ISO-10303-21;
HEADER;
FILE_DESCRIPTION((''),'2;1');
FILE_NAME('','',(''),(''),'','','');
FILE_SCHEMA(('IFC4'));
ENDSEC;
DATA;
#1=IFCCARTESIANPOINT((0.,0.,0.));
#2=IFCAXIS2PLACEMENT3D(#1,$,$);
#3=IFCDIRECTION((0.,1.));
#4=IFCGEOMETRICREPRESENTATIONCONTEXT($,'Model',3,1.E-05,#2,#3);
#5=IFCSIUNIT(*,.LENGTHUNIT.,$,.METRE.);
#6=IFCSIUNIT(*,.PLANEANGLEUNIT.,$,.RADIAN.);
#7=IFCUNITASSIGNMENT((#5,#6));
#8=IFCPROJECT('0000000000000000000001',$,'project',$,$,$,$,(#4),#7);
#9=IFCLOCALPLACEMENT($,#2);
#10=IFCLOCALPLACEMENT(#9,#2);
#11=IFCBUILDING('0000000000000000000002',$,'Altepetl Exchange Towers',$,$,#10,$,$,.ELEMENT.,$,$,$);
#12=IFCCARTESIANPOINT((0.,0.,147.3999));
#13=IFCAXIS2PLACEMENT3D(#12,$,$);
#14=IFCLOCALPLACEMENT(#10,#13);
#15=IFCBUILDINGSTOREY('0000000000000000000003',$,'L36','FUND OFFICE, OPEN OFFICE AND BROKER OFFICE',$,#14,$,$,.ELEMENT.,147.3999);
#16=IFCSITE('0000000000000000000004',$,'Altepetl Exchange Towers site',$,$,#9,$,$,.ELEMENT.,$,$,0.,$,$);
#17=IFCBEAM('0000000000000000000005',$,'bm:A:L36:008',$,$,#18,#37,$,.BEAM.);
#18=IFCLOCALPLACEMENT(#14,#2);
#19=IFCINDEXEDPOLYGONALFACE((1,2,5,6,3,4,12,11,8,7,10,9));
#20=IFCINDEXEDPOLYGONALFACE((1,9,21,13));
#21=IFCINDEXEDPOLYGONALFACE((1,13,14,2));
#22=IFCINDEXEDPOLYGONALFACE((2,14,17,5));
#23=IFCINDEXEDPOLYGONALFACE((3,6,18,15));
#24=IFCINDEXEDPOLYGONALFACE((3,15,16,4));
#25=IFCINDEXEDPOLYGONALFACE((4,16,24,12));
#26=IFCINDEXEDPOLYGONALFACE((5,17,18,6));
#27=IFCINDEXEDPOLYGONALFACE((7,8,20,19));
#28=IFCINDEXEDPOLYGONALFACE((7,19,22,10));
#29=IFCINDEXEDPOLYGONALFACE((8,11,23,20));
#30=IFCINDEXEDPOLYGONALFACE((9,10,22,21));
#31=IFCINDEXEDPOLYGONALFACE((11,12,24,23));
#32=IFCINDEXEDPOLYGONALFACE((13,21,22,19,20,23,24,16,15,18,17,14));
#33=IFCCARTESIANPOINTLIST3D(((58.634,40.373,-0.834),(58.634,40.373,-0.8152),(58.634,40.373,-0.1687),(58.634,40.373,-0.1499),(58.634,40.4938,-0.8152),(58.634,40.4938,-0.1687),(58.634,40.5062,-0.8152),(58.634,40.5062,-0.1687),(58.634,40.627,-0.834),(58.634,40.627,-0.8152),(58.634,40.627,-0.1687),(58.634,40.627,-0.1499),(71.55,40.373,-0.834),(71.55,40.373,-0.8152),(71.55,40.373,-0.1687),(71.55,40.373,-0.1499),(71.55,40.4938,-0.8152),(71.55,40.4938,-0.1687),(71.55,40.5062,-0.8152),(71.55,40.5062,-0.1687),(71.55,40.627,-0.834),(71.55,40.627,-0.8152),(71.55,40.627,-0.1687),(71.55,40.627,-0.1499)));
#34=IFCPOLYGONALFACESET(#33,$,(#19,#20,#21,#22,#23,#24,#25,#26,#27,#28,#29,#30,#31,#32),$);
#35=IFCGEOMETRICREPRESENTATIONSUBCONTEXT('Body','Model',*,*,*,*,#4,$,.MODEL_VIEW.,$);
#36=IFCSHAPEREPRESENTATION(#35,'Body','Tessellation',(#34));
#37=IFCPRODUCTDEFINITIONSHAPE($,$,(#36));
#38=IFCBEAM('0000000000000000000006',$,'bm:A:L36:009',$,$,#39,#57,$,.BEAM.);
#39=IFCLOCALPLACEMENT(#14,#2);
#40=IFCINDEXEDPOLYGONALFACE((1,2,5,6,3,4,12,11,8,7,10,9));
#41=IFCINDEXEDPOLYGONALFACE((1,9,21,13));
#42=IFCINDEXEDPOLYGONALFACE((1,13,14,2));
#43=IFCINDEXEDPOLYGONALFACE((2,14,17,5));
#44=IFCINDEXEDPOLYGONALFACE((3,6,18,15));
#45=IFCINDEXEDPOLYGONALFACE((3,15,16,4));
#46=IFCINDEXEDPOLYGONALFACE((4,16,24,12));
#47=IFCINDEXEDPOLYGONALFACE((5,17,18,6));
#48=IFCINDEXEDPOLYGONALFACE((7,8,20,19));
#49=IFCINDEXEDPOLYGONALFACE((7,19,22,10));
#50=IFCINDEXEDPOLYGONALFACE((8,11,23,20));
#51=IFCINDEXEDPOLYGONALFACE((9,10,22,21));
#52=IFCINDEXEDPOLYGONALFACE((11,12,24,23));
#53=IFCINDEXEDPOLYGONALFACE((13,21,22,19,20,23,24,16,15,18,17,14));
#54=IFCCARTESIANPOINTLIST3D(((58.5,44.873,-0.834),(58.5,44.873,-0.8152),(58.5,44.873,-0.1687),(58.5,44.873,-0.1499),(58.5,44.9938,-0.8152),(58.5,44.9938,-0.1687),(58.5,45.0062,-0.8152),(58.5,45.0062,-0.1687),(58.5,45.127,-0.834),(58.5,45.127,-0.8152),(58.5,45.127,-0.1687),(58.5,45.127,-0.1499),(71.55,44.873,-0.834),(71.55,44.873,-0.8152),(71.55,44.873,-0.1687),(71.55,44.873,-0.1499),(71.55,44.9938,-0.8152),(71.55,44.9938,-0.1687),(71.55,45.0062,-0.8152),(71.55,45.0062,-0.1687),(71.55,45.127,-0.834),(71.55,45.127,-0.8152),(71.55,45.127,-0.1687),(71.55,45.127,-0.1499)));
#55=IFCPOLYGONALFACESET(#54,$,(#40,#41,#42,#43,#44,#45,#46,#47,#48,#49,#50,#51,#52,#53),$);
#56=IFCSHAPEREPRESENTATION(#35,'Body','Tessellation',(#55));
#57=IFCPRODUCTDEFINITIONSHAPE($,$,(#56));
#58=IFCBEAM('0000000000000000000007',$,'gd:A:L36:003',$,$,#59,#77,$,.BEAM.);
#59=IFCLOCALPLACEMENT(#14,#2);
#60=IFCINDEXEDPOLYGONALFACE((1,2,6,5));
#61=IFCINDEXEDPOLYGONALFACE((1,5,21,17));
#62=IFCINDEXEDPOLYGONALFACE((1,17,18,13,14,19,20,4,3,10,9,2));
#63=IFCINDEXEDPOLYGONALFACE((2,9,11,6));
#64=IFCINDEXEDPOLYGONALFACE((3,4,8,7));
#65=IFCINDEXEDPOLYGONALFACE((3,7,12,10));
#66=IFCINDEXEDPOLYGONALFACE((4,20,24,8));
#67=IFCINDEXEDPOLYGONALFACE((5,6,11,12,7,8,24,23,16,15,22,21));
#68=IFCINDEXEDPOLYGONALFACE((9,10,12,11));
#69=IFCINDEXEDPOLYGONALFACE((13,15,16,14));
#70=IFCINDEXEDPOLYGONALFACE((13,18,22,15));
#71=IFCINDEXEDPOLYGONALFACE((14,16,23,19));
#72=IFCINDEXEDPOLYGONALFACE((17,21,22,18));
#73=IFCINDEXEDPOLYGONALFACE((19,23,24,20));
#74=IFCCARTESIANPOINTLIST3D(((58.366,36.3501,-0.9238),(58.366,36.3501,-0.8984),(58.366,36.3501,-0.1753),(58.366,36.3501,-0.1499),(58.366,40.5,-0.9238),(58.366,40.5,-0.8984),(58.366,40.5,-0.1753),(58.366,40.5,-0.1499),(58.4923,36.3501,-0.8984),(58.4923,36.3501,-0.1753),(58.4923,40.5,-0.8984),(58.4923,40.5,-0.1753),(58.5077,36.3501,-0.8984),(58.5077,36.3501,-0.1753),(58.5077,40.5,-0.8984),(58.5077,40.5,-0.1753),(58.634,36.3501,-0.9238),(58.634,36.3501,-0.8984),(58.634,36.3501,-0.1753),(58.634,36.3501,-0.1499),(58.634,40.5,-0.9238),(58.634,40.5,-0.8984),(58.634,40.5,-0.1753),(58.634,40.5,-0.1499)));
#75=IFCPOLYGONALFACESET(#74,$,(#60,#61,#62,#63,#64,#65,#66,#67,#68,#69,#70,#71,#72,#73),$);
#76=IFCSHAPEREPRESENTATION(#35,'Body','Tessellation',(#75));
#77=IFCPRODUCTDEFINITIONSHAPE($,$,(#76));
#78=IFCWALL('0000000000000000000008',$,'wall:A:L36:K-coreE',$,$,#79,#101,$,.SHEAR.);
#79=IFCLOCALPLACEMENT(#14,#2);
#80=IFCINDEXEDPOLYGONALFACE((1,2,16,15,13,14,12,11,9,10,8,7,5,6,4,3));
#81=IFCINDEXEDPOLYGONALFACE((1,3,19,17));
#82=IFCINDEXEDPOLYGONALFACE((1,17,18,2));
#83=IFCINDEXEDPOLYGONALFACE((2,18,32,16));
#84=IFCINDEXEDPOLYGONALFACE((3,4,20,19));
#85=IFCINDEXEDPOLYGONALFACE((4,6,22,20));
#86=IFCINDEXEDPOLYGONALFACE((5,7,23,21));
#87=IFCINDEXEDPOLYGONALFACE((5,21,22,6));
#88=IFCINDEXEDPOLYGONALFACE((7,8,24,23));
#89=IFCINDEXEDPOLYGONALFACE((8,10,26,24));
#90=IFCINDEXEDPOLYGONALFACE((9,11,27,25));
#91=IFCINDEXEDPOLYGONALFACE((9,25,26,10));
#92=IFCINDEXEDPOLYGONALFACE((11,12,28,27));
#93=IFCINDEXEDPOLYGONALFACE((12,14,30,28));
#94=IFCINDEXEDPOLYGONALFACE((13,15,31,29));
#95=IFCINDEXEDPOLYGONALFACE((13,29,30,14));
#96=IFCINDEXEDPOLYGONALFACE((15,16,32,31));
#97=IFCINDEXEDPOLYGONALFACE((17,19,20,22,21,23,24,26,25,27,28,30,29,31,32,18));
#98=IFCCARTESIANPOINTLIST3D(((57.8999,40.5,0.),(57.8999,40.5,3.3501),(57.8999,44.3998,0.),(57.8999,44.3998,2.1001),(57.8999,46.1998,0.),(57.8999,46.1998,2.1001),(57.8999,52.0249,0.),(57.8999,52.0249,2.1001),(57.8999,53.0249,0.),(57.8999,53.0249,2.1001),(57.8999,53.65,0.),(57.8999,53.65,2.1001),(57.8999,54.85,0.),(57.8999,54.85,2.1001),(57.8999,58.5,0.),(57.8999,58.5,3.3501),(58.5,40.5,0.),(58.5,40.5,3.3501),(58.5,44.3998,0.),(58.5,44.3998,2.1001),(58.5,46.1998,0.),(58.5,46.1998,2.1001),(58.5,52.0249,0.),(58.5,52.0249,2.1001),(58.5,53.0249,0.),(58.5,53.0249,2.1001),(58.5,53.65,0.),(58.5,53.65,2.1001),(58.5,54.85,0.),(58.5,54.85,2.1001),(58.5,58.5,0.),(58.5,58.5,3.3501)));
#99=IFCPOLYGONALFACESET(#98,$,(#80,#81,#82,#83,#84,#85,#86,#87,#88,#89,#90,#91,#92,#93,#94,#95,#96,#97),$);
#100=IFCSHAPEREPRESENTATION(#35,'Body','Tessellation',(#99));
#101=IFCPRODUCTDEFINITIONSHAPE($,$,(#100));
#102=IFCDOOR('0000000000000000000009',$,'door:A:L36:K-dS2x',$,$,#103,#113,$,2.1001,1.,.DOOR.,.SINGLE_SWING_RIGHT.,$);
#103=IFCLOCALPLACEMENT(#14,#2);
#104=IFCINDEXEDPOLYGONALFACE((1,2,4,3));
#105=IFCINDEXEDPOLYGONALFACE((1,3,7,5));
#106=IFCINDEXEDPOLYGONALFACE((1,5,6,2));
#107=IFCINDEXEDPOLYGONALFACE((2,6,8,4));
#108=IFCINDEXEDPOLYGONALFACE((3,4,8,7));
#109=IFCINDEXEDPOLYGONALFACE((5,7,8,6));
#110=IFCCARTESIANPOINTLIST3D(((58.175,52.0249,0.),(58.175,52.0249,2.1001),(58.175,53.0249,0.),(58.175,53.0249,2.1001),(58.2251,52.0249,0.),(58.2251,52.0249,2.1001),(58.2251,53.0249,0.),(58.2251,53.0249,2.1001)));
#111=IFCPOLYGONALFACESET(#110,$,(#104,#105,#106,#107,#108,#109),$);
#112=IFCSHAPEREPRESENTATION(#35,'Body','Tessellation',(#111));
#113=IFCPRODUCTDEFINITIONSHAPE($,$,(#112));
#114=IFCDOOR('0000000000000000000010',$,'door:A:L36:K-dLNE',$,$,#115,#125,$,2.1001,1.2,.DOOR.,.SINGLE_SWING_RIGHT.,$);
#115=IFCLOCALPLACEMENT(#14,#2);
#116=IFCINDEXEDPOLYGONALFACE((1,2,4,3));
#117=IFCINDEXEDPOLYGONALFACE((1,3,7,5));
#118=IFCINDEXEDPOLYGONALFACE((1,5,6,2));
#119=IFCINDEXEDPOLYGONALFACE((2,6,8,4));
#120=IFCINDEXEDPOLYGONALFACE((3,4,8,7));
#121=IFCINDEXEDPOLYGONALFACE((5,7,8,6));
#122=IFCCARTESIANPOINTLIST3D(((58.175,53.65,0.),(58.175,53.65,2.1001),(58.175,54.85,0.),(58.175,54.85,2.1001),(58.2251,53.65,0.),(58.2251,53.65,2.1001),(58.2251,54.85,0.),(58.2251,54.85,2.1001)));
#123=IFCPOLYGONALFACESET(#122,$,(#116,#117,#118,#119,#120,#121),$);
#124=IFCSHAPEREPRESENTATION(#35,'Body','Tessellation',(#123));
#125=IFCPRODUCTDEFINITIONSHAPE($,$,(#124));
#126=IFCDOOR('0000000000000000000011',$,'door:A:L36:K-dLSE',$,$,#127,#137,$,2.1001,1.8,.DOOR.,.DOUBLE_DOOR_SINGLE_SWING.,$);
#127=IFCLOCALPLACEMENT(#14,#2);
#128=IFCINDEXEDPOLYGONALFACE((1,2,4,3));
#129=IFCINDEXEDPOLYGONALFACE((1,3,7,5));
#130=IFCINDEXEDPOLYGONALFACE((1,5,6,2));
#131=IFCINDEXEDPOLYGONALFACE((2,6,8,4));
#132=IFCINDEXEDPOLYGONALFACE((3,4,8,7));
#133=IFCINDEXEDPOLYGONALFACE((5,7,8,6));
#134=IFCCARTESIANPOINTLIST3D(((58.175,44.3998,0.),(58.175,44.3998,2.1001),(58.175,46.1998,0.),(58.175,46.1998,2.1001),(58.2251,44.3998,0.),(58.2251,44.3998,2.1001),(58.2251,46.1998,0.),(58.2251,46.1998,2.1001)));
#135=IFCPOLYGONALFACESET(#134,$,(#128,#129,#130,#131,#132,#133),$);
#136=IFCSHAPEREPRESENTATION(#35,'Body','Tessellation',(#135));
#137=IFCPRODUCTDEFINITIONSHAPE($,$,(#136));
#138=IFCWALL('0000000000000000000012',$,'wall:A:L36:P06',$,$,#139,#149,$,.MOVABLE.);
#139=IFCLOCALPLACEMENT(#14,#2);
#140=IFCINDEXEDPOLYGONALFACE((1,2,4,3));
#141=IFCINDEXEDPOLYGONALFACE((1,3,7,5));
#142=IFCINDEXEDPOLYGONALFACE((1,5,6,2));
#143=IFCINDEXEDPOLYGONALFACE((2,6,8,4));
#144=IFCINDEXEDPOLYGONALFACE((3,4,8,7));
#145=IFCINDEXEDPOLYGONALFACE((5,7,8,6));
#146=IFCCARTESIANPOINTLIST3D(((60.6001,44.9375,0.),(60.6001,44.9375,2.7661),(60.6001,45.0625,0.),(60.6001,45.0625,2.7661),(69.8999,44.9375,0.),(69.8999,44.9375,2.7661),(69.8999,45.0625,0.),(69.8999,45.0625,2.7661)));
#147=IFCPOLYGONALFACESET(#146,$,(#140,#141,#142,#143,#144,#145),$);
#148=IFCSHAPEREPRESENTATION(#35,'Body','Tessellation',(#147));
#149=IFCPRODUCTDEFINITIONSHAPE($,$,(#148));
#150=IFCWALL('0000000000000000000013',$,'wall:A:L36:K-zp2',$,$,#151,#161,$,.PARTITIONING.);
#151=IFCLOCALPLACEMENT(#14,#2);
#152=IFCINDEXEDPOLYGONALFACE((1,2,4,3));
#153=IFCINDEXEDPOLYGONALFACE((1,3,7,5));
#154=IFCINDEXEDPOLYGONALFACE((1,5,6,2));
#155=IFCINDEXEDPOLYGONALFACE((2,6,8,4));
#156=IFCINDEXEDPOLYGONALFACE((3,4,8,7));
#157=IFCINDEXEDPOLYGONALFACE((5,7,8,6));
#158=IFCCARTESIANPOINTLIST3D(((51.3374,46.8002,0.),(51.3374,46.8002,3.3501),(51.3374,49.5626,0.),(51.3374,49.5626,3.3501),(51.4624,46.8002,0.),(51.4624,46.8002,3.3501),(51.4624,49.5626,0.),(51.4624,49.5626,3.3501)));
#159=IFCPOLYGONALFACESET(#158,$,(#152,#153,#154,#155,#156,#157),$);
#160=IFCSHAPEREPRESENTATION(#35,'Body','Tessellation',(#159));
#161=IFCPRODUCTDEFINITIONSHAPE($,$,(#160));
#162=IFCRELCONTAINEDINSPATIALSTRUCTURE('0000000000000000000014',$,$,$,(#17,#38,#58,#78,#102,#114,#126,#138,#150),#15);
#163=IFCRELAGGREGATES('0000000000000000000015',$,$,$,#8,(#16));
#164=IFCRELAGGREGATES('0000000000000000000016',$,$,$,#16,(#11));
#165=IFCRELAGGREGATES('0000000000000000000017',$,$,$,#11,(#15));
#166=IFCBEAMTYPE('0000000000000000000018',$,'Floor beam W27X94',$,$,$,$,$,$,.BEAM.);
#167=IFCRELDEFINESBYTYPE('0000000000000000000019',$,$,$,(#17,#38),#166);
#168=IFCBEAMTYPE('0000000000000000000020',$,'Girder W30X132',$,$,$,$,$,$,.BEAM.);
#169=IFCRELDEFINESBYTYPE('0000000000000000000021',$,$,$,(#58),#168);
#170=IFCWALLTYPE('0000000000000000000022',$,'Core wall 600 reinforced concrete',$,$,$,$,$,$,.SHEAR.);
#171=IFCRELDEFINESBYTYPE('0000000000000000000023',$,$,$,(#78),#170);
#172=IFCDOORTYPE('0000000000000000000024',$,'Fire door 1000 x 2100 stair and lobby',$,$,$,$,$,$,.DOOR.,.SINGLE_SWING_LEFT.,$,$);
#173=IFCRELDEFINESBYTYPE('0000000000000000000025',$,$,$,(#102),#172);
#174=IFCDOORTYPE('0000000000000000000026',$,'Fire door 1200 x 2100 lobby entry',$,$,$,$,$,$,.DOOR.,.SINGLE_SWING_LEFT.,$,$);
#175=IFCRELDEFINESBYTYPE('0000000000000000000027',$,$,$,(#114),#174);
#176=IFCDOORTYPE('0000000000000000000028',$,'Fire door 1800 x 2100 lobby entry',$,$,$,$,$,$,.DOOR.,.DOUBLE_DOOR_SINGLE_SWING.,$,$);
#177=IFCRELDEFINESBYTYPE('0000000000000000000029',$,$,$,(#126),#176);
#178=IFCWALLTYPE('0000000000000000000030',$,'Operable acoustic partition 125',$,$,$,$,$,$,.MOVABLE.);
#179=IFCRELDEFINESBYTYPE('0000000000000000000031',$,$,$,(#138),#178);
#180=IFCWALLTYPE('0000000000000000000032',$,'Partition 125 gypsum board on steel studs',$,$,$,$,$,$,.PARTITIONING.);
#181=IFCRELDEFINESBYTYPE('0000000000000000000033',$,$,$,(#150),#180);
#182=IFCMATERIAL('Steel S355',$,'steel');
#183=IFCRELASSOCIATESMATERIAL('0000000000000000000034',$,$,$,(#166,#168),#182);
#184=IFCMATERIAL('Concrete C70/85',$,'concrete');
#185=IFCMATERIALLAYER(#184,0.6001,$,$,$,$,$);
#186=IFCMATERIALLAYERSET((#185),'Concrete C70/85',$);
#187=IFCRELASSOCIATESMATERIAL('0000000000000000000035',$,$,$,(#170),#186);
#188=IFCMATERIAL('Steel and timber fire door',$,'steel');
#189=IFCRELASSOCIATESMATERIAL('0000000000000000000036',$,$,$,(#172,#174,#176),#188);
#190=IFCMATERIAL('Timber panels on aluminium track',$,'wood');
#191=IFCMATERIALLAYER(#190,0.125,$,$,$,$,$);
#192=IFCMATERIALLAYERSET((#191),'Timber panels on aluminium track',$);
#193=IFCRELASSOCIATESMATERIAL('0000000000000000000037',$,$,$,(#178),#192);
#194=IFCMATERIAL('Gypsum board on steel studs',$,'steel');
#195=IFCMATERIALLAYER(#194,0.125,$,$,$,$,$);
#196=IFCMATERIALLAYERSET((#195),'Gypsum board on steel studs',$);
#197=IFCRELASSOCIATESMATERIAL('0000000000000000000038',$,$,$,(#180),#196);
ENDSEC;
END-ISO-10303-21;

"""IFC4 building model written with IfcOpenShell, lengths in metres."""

from ifc_helpers import new_model, si_unit, direction, frame, frame_2d, origin, origin_2d, place, context, subcontext, project, spatial, rectangle, i_section, extrude, material, layer, layer_set, material_profile, profile_set, type_object, element, fill, save


model = new_model("IFC4")

# Units and contexts
model_context = context("Model", 3, precision=1e-05, world=origin(), true_north=direction((0.0, 1.0)))
body_context = subcontext(model_context, "Body", "Model", "MODEL_VIEW")
ifc_project = project(units=[si_unit("LENGTHUNIT", "METRE"), si_unit("PLANEANGLEUNIT", "RADIAN")], contexts=[model_context])

# Site, building, storey
site_placement = place(None, origin())
site = spatial("IfcSite", under=ifc_project, at=site_placement, Name="Altepetl Exchange Towers site", CompositionType="ELEMENT", RefElevation=0.0)
building_placement = place(site_placement, origin())
building = spatial("IfcBuilding", under=site, at=building_placement, Name="Altepetl Exchange Towers", CompositionType="ELEMENT")
storey_placement = place(building_placement, frame((0.0, 0.0, 147.3999)))
storey = spatial("IfcBuildingStorey", under=building, at=storey_placement, Name="L36", Description="FUND OFFICE, OPEN OFFICE AND BROKER OFFICE", CompositionType="ELEMENT", Elevation=147.3999)

# Beams
ifc_material_1 = material(Name="Steel S355", Category="steel")
ifc_material_profile_1 = material_profile(ifc_material_1, i_section(OverallWidth=0.2539, OverallDepth=0.6841, WebThickness=0.0125, FlangeThickness=0.0188, at=origin_2d()), Name="W27X94")
ifc_profile_set_1 = profile_set([ifc_material_profile_1], Name="Steel S355")
beam_type_1 = type_object("IfcBeamType", Name="Floor beam W27X94", PredefinedType="BEAM", material=ifc_profile_set_1)
beam_1_placement = place(storey_placement, frame((58.634, 40.5, -0.4919), z_axis=(1.0, 0.0, 0.0), x_axis=(0.0, 1.0, 0.0)))
element("IfcBeam", 1, at=beam_1_placement, inside=storey, type_object=beam_type_1, Name="bm:A:L36:008", PredefinedType="BEAM", context=body_context, shape_type="SweptSolid", body=[
    extrude(i_section(OverallWidth=0.2539, OverallDepth=0.6841, WebThickness=0.0125, FlangeThickness=0.0188, at=origin_2d()), origin(), (0.0, 0.0, 1.0), 12.916),
])
beam_2_placement = place(storey_placement, frame((58.5, 45.0, -0.4919), z_axis=(1.0, 0.0, 0.0), x_axis=(0.0, 1.0, 0.0)))
element("IfcBeam", 2, at=beam_2_placement, inside=storey, type_object=beam_type_1, Name="bm:A:L36:009", PredefinedType="BEAM", context=body_context, shape_type="SweptSolid", body=[
    extrude(i_section(OverallWidth=0.2539, OverallDepth=0.6841, WebThickness=0.0125, FlangeThickness=0.0188, at=origin_2d()), origin(), (0.0, 0.0, 1.0), 13.05),
])
ifc_material_profile_2 = material_profile(ifc_material_1, i_section(OverallWidth=0.2681, OverallDepth=0.7739, WebThickness=0.0154, FlangeThickness=0.0254, at=origin_2d()), Name="W30X132")
ifc_profile_set_2 = profile_set([ifc_material_profile_2], Name="Steel S355")
beam_type_2 = type_object("IfcBeamType", Name="Girder W30X132", PredefinedType="BEAM", material=ifc_profile_set_2)
beam_3_placement = place(storey_placement, frame((58.5, 40.5, -0.5369), z_axis=(0.0, -1.0, 0.0), x_axis=(1.0, 0.0, 0.0)))
element("IfcBeam", 3, at=beam_3_placement, inside=storey, type_object=beam_type_2, Name="gd:A:L36:003", PredefinedType="BEAM", context=body_context, shape_type="SweptSolid", body=[
    extrude(i_section(OverallWidth=0.2681, OverallDepth=0.7739, WebThickness=0.0154, FlangeThickness=0.0254, at=origin_2d()), origin(), (0.0, 0.0, 1.0), 4.1499),
])

# Wall, openings, doors
ifc_material_2 = material(Name="Concrete C70/85", Category="concrete")
ifc_layer_1 = layer(ifc_material_2, 0.6001)
ifc_layer_set_1 = layer_set([ifc_layer_1], Name="Concrete C70/85")
wall_type_1 = type_object("IfcWallType", Name="Core wall 600 reinforced concrete", PredefinedType="SHEAR", material=ifc_layer_set_1)
wall_1_placement = place(storey_placement, frame((58.2, 40.5, 0.0), z_axis=(0.0, 0.0, 1.0), x_axis=(0.0, 1.0, 0.0)))
wall_1 = element("IfcWall", 4, at=wall_1_placement, inside=storey, type_object=wall_type_1, Name="wall:A:L36:K-coreE", PredefinedType="SHEAR", context=body_context, shape_type="SweptSolid", body=[
    extrude(rectangle(XDim=18.0, YDim=0.6001, at=frame_2d((9.0, 0.0))), origin(), (0.0, 0.0, 1.0), 3.3501),
])
opening_1_placement = place(wall_1_placement, frame((13.1499, 0.0, 0.0)))
opening_1 = element("IfcOpeningElement", 5, at=opening_1_placement, cuts=wall_1, PredefinedType="OPENING", context=body_context, shape_type="SweptSolid", body=[
    extrude(rectangle(XDim=1.2, YDim=2.1001, at=frame_2d((0.6001, 1.05))), frame((0.0, 0.3101, 0.0), z_axis=(0.0, -1.0, 0.0), x_axis=(1.0, 0.0, 0.0)), (0.0, 0.0, 1.0), 0.6201),
])
opening_2_placement = place(wall_1_placement, frame((3.8999, 0.0, 0.0)))
opening_2 = element("IfcOpeningElement", 6, at=opening_2_placement, cuts=wall_1, PredefinedType="OPENING", context=body_context, shape_type="SweptSolid", body=[
    extrude(rectangle(XDim=1.8, YDim=2.1001, at=frame_2d((0.8999, 1.05))), frame((0.0, 0.3101, 0.0), z_axis=(0.0, -1.0, 0.0), x_axis=(1.0, 0.0, 0.0)), (0.0, 0.0, 1.0), 0.6201),
])
opening_3_placement = place(wall_1_placement, frame((11.5249, 0.0, 0.0)))
opening_3 = element("IfcOpeningElement", 7, at=opening_3_placement, cuts=wall_1, PredefinedType="OPENING", context=body_context, shape_type="SweptSolid", body=[
    extrude(rectangle(XDim=1.0, YDim=2.1001, at=frame_2d((0.5, 1.05))), frame((0.0, 0.3101, 0.0), z_axis=(0.0, -1.0, 0.0), x_axis=(1.0, 0.0, 0.0)), (0.0, 0.0, 1.0), 0.6201),
])
ifc_material_3 = material(Name="Steel and timber fire door", Category="steel")
door_type_1 = type_object("IfcDoorType", Name="Fire door 1000 x 2100 stair and lobby", OperationType="SINGLE_SWING_LEFT", PredefinedType="DOOR", material=ifc_material_3)
door_1_placement = place(opening_3_placement, origin())
door_1 = element("IfcDoor", 8, at=door_1_placement, inside=storey, type_object=door_type_1, Name="door:A:L36:K-dS2x", OperationType="SINGLE_SWING_RIGHT", OverallHeight=2.1001, OverallWidth=1.0, PredefinedType="DOOR", context=body_context, shape_type="SweptSolid", body=[
    extrude(rectangle(XDim=1.0, YDim=2.1001, at=frame_2d((0.5, 1.05))), frame((0.0, 0.0249, 0.0), z_axis=(0.0, -1.0, 0.0), x_axis=(1.0, 0.0, 0.0)), (0.0, 0.0, 1.0), 0.05),
])
fill(opening_3, door_1)
door_type_2 = type_object("IfcDoorType", Name="Fire door 1200 x 2100 lobby entry", OperationType="SINGLE_SWING_LEFT", PredefinedType="DOOR", material=ifc_material_3)
door_2_placement = place(opening_1_placement, origin())
door_2 = element("IfcDoor", 9, at=door_2_placement, inside=storey, type_object=door_type_2, Name="door:A:L36:K-dLNE", OperationType="SINGLE_SWING_RIGHT", OverallHeight=2.1001, OverallWidth=1.2, PredefinedType="DOOR", context=body_context, shape_type="SweptSolid", body=[
    extrude(rectangle(XDim=1.2, YDim=2.1001, at=frame_2d((0.6001, 1.05))), frame((0.0, 0.0249, 0.0), z_axis=(0.0, -1.0, 0.0), x_axis=(1.0, 0.0, 0.0)), (0.0, 0.0, 1.0), 0.05),
])
fill(opening_1, door_2)
door_type_3 = type_object("IfcDoorType", Name="Fire door 1800 x 2100 lobby entry", OperationType="DOUBLE_DOOR_SINGLE_SWING", PredefinedType="DOOR", material=ifc_material_3)
door_3_placement = place(opening_2_placement, origin())
door_3 = element("IfcDoor", 10, at=door_3_placement, inside=storey, type_object=door_type_3, Name="door:A:L36:K-dLSE", OperationType="DOUBLE_DOOR_SINGLE_SWING", OverallHeight=2.1001, OverallWidth=1.8, PredefinedType="DOOR", context=body_context, shape_type="SweptSolid", body=[
    extrude(rectangle(XDim=1.8, YDim=2.1001, at=frame_2d((0.8999, 1.05))), frame((0.0, 0.0249, 0.0), z_axis=(0.0, -1.0, 0.0), x_axis=(1.0, 0.0, 0.0)), (0.0, 0.0, 1.0), 0.05),
])
fill(opening_2, door_3)

# Walls
ifc_material_4 = material(Name="Timber panels on aluminium track", Category="wood")
ifc_layer_2 = layer(ifc_material_4, 0.125)
ifc_layer_set_2 = layer_set([ifc_layer_2], Name="Timber panels on aluminium track")
wall_type_2 = type_object("IfcWallType", Name="Operable acoustic partition 125", PredefinedType="MOVABLE", material=ifc_layer_set_2)
wall_2_placement = place(storey_placement, frame((60.6001, 45.0, 0.0)))
element("IfcWall", 11, at=wall_2_placement, inside=storey, type_object=wall_type_2, Name="wall:A:L36:P06", PredefinedType="MOVABLE", context=body_context, shape_type="SweptSolid", body=[
    extrude(rectangle(XDim=9.2998, YDim=0.125, at=frame_2d((4.6499, 0.0))), origin(), (0.0, 0.0, 1.0), 2.7661),
])
ifc_material_5 = material(Name="Gypsum board on steel studs", Category="steel")
ifc_layer_3 = layer(ifc_material_5, 0.125)
ifc_layer_set_3 = layer_set([ifc_layer_3], Name="Gypsum board on steel studs")
wall_type_3 = type_object("IfcWallType", Name="Partition 125 gypsum board on steel studs", PredefinedType="PARTITIONING", material=ifc_layer_set_3)
wall_3_placement = place(storey_placement, frame((51.3999, 46.8, 0.0), z_axis=(0.0, 0.0, 1.0), x_axis=(0.0, 1.0, 0.0)))
element("IfcWall", 12, at=wall_3_placement, inside=storey, type_object=wall_type_3, Name="wall:A:L36:K-zp2", PredefinedType="PARTITIONING", context=body_context, shape_type="SweptSolid", body=[
    extrude(rectangle(XDim=2.7625, YDim=0.125, at=frame_2d((1.3813, 0.0))), origin(), (0.0, 0.0, 1.0), 3.3501),
])

save(model, "model.ifc")
